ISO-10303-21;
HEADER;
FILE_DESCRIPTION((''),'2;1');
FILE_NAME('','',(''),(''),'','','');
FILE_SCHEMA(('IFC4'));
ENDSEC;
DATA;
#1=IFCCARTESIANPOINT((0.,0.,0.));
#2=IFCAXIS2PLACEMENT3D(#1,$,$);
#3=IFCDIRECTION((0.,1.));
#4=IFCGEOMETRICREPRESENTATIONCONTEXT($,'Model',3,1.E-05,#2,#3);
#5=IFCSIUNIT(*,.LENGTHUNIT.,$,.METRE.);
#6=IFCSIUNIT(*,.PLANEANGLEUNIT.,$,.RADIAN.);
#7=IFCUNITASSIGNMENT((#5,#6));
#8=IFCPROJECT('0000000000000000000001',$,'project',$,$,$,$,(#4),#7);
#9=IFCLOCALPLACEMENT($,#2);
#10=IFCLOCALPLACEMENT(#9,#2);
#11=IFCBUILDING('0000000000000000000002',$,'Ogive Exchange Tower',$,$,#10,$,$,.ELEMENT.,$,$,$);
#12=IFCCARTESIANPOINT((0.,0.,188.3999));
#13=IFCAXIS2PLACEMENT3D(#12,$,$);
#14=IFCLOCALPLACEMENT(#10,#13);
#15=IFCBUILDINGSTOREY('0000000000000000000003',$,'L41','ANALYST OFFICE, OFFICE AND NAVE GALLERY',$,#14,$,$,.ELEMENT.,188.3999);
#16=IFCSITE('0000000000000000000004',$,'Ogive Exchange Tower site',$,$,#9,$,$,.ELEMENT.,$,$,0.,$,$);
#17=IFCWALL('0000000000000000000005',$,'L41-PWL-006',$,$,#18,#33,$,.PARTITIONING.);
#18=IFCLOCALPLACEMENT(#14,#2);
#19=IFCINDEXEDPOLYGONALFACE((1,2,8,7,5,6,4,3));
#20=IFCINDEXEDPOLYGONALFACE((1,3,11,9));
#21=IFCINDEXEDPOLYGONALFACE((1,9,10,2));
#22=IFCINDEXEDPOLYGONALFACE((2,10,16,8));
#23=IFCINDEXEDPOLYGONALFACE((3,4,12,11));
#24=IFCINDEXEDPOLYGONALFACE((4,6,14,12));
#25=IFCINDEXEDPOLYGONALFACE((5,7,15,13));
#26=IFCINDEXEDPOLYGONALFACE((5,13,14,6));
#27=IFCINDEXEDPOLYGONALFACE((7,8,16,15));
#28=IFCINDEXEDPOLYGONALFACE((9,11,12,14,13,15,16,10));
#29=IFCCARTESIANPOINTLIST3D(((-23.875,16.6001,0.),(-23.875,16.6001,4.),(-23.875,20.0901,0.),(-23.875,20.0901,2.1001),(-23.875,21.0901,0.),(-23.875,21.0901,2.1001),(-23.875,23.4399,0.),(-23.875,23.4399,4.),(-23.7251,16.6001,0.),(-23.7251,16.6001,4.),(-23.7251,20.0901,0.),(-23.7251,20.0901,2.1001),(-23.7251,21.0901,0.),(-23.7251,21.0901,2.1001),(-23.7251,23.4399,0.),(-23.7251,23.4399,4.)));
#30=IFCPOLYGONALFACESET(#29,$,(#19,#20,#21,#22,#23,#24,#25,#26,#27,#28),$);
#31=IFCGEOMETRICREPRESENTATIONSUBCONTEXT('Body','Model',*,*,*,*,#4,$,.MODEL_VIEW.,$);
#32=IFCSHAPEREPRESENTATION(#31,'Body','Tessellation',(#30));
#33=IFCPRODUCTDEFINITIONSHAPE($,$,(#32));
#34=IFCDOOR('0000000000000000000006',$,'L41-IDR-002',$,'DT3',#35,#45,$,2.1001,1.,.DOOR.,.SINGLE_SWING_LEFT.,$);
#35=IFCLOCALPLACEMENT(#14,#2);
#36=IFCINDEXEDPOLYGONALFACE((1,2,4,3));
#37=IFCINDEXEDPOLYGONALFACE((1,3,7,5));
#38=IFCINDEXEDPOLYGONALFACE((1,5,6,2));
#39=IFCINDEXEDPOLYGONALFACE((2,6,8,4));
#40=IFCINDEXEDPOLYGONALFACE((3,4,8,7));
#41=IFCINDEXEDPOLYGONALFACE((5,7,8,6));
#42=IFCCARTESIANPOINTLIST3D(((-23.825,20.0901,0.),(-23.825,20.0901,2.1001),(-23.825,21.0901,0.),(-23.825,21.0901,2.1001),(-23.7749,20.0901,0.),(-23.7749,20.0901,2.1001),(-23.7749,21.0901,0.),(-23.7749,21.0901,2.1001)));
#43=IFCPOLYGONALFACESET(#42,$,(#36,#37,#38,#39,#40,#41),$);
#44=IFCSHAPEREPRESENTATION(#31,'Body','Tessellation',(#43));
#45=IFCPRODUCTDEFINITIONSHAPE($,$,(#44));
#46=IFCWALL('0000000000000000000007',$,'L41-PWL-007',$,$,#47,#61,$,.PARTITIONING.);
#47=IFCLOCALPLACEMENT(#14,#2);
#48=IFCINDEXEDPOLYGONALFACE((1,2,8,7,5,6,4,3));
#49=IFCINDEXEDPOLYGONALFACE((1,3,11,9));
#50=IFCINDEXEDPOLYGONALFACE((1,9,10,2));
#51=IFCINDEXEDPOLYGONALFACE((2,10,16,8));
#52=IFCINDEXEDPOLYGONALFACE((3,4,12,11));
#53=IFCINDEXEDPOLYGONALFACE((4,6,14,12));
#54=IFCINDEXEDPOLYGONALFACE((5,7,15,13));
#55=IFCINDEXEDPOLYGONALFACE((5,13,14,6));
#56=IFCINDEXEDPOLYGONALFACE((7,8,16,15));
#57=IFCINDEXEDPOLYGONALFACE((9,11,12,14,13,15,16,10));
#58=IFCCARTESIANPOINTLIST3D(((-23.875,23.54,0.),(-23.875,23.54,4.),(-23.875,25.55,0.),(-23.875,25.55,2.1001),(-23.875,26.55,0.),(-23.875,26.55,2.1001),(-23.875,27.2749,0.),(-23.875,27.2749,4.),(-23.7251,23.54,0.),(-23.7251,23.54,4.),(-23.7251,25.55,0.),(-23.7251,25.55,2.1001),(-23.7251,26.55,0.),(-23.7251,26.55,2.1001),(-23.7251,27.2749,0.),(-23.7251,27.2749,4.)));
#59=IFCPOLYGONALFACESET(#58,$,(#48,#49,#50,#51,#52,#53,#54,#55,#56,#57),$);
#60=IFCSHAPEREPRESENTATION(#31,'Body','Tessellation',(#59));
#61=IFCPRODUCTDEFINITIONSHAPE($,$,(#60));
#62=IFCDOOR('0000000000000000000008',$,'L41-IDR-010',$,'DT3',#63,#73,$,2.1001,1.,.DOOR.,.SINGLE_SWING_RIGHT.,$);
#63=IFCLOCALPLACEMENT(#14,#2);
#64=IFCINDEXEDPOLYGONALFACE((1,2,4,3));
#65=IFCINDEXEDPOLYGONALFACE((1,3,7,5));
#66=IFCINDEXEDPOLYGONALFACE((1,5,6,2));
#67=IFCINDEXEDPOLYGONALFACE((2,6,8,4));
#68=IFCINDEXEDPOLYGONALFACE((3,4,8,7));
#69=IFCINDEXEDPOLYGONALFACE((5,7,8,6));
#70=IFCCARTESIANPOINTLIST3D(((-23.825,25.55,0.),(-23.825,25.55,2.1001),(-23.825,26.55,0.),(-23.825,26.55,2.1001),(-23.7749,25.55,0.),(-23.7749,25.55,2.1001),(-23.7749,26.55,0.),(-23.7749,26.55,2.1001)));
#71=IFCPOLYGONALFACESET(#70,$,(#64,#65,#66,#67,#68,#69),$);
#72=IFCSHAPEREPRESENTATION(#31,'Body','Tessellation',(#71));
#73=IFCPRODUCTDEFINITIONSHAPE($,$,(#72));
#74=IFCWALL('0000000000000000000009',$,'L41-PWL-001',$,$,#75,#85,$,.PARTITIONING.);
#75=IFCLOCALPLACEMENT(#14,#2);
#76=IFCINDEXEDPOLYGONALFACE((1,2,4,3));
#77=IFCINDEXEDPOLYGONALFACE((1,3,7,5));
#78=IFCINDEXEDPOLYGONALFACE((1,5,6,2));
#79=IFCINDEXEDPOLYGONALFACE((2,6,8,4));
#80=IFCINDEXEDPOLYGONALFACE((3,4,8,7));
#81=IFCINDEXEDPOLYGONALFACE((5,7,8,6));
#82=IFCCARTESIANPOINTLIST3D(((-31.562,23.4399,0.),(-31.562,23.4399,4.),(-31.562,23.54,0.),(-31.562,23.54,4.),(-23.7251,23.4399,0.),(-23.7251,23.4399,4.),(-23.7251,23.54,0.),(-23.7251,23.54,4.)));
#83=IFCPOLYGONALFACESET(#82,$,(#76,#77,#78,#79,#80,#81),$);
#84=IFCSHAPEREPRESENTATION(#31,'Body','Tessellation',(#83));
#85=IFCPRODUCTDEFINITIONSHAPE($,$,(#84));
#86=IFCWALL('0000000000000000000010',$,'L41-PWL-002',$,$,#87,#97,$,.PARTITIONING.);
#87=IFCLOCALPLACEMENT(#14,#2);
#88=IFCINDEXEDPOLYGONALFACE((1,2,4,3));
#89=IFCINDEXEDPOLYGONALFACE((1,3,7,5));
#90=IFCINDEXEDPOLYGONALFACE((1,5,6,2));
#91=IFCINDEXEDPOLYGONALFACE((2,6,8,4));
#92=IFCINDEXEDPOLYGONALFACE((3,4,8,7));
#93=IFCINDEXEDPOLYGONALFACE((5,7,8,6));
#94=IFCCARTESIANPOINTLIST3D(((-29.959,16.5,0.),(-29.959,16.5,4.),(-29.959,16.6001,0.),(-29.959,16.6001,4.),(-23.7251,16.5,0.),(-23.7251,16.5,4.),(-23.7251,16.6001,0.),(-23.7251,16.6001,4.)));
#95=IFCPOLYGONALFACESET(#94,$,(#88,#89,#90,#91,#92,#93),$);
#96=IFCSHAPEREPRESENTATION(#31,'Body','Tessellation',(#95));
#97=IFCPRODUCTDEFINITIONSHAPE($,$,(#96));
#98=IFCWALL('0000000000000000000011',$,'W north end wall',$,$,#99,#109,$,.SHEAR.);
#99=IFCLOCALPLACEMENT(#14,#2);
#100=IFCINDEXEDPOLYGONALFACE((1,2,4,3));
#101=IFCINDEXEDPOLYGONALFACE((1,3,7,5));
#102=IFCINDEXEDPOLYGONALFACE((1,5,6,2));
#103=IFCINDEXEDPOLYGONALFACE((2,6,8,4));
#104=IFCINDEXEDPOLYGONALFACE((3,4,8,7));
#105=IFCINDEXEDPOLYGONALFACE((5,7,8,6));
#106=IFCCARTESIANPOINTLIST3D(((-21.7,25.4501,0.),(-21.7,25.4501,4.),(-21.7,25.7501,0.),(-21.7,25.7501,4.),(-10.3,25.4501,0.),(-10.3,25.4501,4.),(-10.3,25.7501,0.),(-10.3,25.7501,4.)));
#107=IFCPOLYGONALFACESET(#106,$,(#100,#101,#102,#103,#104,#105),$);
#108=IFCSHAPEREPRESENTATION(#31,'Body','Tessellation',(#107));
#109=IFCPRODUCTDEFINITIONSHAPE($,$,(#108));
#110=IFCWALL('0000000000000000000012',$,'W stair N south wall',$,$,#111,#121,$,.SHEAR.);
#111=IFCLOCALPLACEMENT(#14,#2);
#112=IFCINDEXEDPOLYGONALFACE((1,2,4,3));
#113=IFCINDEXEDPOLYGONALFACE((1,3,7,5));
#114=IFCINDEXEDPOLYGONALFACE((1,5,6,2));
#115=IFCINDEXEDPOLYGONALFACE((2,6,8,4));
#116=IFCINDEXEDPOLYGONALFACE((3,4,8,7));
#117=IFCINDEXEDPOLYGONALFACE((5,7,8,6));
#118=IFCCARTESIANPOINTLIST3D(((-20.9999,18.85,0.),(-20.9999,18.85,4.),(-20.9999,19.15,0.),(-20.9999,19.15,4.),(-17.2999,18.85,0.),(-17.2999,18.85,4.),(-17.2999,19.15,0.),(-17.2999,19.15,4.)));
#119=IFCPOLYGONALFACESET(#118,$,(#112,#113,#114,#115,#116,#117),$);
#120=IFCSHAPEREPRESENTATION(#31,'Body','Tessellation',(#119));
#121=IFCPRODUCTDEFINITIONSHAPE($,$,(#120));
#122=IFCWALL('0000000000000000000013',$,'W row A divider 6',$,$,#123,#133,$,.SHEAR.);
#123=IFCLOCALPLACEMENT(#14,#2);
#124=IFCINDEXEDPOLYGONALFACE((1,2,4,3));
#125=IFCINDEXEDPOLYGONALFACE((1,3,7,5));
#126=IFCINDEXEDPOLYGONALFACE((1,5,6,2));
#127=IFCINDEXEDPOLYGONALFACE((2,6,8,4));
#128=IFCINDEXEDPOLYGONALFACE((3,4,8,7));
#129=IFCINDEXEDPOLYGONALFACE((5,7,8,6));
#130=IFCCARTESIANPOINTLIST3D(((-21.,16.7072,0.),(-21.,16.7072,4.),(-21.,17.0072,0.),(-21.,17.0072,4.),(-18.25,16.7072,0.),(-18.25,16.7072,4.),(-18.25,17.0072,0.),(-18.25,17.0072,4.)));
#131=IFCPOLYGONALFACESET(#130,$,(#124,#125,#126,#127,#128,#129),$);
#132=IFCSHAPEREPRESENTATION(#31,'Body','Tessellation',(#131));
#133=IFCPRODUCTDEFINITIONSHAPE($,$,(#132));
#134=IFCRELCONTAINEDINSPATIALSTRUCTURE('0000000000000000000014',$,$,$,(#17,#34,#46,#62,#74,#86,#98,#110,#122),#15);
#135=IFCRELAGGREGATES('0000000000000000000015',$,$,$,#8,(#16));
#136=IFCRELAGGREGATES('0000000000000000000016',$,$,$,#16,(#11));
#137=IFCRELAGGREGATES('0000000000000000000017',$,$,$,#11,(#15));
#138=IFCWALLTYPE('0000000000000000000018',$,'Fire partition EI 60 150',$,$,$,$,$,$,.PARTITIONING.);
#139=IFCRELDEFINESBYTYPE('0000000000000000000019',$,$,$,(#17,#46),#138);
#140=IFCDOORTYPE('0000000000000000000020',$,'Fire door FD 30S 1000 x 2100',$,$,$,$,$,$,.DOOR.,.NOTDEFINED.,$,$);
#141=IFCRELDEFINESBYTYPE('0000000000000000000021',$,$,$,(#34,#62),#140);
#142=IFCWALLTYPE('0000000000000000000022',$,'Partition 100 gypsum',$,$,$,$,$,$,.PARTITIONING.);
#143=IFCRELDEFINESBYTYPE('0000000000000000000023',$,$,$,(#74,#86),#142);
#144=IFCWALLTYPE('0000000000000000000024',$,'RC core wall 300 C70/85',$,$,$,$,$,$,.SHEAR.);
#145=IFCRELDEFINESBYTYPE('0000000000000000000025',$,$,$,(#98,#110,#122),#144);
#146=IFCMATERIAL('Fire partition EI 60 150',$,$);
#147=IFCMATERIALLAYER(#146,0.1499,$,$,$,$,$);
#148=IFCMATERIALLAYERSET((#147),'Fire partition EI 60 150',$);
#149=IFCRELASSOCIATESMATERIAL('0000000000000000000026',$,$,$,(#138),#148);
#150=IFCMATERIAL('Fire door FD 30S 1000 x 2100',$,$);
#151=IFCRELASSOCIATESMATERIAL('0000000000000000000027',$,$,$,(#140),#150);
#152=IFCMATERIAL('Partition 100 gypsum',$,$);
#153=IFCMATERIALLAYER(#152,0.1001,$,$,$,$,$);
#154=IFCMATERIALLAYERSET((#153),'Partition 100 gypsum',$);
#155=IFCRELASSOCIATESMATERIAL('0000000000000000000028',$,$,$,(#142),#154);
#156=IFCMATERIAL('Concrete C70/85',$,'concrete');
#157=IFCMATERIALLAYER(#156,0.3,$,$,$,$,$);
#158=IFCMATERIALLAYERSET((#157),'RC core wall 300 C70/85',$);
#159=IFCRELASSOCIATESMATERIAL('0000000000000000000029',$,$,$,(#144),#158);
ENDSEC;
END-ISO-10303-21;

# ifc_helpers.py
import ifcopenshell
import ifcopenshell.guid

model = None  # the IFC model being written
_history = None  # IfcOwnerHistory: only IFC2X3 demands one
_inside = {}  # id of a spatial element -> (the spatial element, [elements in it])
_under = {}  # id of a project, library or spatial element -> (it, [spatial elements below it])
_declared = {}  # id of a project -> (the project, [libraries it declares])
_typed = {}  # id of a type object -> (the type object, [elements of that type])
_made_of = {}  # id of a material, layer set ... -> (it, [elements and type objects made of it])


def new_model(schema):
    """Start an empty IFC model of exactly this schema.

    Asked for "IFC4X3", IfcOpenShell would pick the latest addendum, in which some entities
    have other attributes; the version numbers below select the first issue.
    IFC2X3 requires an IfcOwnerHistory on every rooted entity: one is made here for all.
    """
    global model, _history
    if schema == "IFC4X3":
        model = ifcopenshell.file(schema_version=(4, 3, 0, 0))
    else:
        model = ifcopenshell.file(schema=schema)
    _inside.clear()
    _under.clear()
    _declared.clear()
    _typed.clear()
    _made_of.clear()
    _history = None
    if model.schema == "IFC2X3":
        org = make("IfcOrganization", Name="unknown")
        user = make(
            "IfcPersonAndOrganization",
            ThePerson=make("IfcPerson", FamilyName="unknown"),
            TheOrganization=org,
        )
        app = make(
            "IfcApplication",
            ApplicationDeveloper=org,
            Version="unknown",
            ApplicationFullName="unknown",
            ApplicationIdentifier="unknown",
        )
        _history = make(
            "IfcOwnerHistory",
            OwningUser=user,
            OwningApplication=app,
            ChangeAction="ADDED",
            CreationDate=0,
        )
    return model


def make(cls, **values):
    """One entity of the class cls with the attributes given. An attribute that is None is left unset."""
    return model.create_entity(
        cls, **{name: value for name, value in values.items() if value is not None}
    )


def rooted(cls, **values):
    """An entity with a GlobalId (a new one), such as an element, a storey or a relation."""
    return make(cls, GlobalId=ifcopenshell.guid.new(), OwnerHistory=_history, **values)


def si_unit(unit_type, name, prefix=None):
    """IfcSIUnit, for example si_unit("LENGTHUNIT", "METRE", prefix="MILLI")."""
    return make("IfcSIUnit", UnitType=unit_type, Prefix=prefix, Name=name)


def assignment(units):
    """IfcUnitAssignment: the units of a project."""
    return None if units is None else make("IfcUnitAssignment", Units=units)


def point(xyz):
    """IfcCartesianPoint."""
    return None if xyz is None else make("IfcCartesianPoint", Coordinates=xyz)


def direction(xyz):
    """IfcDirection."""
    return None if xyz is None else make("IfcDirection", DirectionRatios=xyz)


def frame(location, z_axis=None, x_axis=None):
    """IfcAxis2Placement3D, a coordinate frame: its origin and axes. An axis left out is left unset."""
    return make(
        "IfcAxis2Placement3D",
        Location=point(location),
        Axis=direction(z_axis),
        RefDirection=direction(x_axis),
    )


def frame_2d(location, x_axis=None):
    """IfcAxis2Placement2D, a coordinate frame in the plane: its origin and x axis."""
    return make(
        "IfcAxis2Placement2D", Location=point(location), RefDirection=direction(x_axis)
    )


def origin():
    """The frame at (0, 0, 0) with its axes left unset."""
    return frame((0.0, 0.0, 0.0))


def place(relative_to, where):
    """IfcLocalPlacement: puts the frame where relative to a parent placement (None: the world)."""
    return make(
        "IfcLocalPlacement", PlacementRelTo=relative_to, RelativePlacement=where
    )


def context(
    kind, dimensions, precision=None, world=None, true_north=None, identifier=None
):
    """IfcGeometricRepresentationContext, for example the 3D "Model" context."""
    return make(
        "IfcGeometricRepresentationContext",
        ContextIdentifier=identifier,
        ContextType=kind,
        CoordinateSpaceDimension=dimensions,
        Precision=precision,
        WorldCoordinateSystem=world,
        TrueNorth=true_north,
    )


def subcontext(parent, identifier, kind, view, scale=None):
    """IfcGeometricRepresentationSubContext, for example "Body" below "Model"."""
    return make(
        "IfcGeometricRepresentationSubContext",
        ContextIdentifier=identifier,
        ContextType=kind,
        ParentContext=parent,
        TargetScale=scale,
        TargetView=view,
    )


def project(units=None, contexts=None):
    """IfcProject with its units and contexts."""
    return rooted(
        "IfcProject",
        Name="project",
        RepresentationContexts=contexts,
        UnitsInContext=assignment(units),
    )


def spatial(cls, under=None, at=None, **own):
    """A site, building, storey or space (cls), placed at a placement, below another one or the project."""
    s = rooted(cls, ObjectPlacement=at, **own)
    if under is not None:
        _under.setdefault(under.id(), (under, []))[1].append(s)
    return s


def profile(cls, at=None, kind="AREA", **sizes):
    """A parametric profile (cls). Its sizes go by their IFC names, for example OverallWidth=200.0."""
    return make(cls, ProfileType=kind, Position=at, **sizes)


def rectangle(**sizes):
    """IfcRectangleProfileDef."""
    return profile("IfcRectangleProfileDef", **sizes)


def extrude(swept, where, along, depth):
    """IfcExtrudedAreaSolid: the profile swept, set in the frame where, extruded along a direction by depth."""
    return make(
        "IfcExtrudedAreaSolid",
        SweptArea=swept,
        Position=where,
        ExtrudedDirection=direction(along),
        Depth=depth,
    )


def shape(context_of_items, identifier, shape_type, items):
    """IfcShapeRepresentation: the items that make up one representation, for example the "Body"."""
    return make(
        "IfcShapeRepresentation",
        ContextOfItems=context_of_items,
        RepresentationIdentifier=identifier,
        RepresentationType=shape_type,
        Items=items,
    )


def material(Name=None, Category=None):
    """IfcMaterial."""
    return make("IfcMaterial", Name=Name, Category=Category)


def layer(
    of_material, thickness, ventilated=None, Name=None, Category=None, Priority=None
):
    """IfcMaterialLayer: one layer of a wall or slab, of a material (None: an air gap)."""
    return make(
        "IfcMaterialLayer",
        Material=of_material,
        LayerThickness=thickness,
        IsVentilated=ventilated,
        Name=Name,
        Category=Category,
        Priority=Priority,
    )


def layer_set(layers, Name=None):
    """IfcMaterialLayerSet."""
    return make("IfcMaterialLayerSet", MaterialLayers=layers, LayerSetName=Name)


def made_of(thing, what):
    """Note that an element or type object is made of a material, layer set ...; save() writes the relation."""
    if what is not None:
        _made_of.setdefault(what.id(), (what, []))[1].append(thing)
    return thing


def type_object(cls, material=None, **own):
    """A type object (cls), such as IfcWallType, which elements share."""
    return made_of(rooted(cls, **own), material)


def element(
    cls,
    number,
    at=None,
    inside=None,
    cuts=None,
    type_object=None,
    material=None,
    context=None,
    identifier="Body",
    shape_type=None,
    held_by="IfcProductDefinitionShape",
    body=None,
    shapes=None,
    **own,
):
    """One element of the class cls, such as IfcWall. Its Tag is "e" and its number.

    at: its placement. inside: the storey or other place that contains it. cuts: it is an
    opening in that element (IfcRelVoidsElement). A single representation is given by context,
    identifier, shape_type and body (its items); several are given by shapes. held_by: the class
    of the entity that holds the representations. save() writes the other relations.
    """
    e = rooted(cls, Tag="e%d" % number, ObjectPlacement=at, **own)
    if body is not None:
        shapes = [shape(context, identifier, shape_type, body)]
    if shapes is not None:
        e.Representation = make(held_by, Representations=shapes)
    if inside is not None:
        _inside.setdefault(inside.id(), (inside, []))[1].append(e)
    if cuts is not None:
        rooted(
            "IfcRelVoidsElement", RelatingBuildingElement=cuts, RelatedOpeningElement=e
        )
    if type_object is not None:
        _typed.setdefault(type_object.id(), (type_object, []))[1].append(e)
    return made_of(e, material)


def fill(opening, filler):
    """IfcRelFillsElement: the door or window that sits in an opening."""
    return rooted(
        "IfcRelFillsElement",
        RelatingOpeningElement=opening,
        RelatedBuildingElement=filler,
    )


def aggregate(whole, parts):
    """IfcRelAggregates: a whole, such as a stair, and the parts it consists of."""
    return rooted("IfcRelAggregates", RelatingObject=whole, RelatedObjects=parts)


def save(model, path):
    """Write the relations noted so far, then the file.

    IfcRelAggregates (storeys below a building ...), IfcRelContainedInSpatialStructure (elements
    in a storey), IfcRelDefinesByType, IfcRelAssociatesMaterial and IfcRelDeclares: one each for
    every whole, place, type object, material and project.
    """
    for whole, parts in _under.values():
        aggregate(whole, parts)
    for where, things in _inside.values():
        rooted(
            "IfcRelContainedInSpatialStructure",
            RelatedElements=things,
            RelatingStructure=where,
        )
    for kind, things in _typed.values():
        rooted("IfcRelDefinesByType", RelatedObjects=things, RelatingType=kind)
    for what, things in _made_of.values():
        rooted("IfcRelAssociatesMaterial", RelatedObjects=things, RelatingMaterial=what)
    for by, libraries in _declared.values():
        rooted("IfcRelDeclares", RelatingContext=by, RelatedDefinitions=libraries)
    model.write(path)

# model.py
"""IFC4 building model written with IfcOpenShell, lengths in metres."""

from ifc_helpers import new_model, si_unit, direction, frame, frame_2d, origin, place, context, subcontext, project, spatial, rectangle, extrude, material, layer, layer_set, type_object, element, fill, save


model = new_model("IFC4")

# Units and contexts
model_context = context("Model", 3, precision=1e-05, world=origin(), true_north=direction((0.0, 1.0)))
body_context = subcontext(model_context, "Body", "Model", "MODEL_VIEW")
ifc_project = project(units=[si_unit("LENGTHUNIT", "METRE"), si_unit("PLANEANGLEUNIT", "RADIAN")], contexts=[model_context])

# Site, building, storey
site_placement = place(None, origin())
site = spatial("IfcSite", under=ifc_project, at=site_placement, Name="Ogive Exchange Tower site", CompositionType="ELEMENT", RefElevation=0.0)
building_placement = place(site_placement, origin())
building = spatial("IfcBuilding", under=site, at=building_placement, Name="Ogive Exchange Tower", CompositionType="ELEMENT")
storey_placement = place(building_placement, frame((0.0, 0.0, 188.3999)))
storey = spatial("IfcBuildingStorey", under=building, at=storey_placement, Name="L41", Description="ANALYST OFFICE, OFFICE AND NAVE GALLERY", CompositionType="ELEMENT", Elevation=188.3999)

# Walls, openings, doors
ifc_material_1 = material(Name="Fire partition EI 60 150")
ifc_layer_1 = layer(ifc_material_1, 0.1499)
ifc_layer_set_1 = layer_set([ifc_layer_1], Name="Fire partition EI 60 150")
wall_type_1 = type_object("IfcWallType", Name="Fire partition EI 60 150", PredefinedType="PARTITIONING", material=ifc_layer_set_1)
wall_1_placement = place(storey_placement, frame((-23.8, 16.6001, 0.0), z_axis=(0.0, 0.0, 1.0), x_axis=(0.0, 1.0, 0.0)))
wall_1 = element("IfcWall", 1, at=wall_1_placement, inside=storey, type_object=wall_type_1, Name="L41-PWL-006", PredefinedType="PARTITIONING", context=body_context, shape_type="SweptSolid", body=[
    extrude(rectangle(XDim=6.8398, YDim=0.1499, at=frame_2d((3.4199, 0.0))), origin(), (0.0, 0.0, 1.0), 4.0),
])
opening_1_placement = place(wall_1_placement, frame((3.49, 0.0, 0.0)))
opening_1 = element("IfcOpeningElement", 2, at=opening_1_placement, cuts=wall_1, PredefinedType="OPENING", context=body_context, shape_type="SweptSolid", body=[
    extrude(rectangle(XDim=1.0, YDim=2.1001, at=frame_2d((0.5, 1.05))), frame((0.0, 0.085, 0.0), z_axis=(0.0, -1.0, 0.0), x_axis=(1.0, 0.0, 0.0)), (0.0, 0.0, 1.0), 0.1699),
])
ifc_material_2 = material(Name="Fire door FD 30S 1000 x 2100")
door_type = type_object("IfcDoorType", Name="Fire door FD 30S 1000 x 2100", OperationType="NOTDEFINED", PredefinedType="DOOR", material=ifc_material_2)
door_1_placement = place(opening_1_placement, origin())
door_1 = element("IfcDoor", 3, at=door_1_placement, inside=storey, type_object=door_type, Name="L41-IDR-002", ObjectType="DT3", OperationType="SINGLE_SWING_LEFT", OverallHeight=2.1001, OverallWidth=1.0, PredefinedType="DOOR", context=body_context, shape_type="SweptSolid", body=[
    extrude(rectangle(XDim=1.0, YDim=2.1001, at=frame_2d((0.5, 1.05))), frame((0.0, 0.0249, 0.0), z_axis=(0.0, -1.0, 0.0), x_axis=(1.0, 0.0, 0.0)), (0.0, 0.0, 1.0), 0.05),
])
fill(opening_1, door_1)
wall_2_placement = place(storey_placement, frame((-23.8, 23.54, 0.0), z_axis=(0.0, 0.0, 1.0), x_axis=(0.0, 1.0, 0.0)))
wall_2 = element("IfcWall", 4, at=wall_2_placement, inside=storey, type_object=wall_type_1, Name="L41-PWL-007", PredefinedType="PARTITIONING", context=body_context, shape_type="SweptSolid", body=[
    extrude(rectangle(XDim=3.7349, YDim=0.1499, at=frame_2d((1.8674, 0.0))), origin(), (0.0, 0.0, 1.0), 4.0),
])
opening_2_placement = place(wall_2_placement, frame((2.01, 0.0, 0.0)))
opening_2 = element("IfcOpeningElement", 5, at=opening_2_placement, cuts=wall_2, PredefinedType="OPENING", context=body_context, shape_type="SweptSolid", body=[
    extrude(rectangle(XDim=1.0, YDim=2.1001, at=frame_2d((0.5, 1.05))), frame((0.0, 0.085, 0.0), z_axis=(0.0, -1.0, 0.0), x_axis=(1.0, 0.0, 0.0)), (0.0, 0.0, 1.0), 0.1699),
])
door_2_placement = place(opening_2_placement, origin())
door_2 = element("IfcDoor", 6, at=door_2_placement, inside=storey, type_object=door_type, Name="L41-IDR-010", ObjectType="DT3", OperationType="SINGLE_SWING_RIGHT", OverallHeight=2.1001, OverallWidth=1.0, PredefinedType="DOOR", context=body_context, shape_type="SweptSolid", body=[
    extrude(rectangle(XDim=1.0, YDim=2.1001, at=frame_2d((0.5, 1.05))), frame((0.0, 0.0249, 0.0), z_axis=(0.0, -1.0, 0.0), x_axis=(1.0, 0.0, 0.0)), (0.0, 0.0, 1.0), 0.05),
])
fill(opening_2, door_2)

# Walls
ifc_material_3 = material(Name="Partition 100 gypsum")
ifc_layer_2 = layer(ifc_material_3, 0.1001)
ifc_layer_set_2 = layer_set([ifc_layer_2], Name="Partition 100 gypsum")
wall_type_2 = type_object("IfcWallType", Name="Partition 100 gypsum", PredefinedType="PARTITIONING", material=ifc_layer_set_2)
wall_3_placement = place(storey_placement, frame((-31.562, 23.49, 0.0), z_axis=(0.0, 0.0, 1.0), x_axis=(1.0, 0.0, 0.0)))
element("IfcWall", 7, at=wall_3_placement, inside=storey, type_object=wall_type_2, Name="L41-PWL-001", PredefinedType="PARTITIONING", context=body_context, shape_type="SweptSolid", body=[
    extrude(rectangle(XDim=7.8369, YDim=0.1001, at=frame_2d((3.9185, 0.0))), origin(), (0.0, 0.0, 1.0), 4.0),
])
wall_4_placement = place(storey_placement, frame((-29.959, 16.55, 0.0), z_axis=(0.0, 0.0, 1.0), x_axis=(1.0, 0.0, 0.0)))
element("IfcWall", 8, at=wall_4_placement, inside=storey, type_object=wall_type_2, Name="L41-PWL-002", PredefinedType="PARTITIONING", context=body_context, shape_type="SweptSolid", body=[
    extrude(rectangle(XDim=6.2339, YDim=0.1001, at=frame_2d((3.1169, 0.0))), origin(), (0.0, 0.0, 1.0), 4.0),
])
ifc_material_4 = material(Name="Concrete C70/85", Category="concrete")
ifc_layer_3 = layer(ifc_material_4, 0.3)
ifc_layer_set_3 = layer_set([ifc_layer_3], Name="RC core wall 300 C70/85")
wall_type_3 = type_object("IfcWallType", Name="RC core wall 300 C70/85", PredefinedType="SHEAR", material=ifc_layer_set_3)
wall_5_placement = place(storey_placement, frame((-21.7, 25.6001, 0.0), z_axis=(0.0, 0.0, 1.0), x_axis=(1.0, 0.0, 0.0)))
element("IfcWall", 9, at=wall_5_placement, inside=storey, type_object=wall_type_3, Name="W north end wall", PredefinedType="SHEAR", context=body_context, shape_type="SweptSolid", body=[
    extrude(rectangle(XDim=11.3999, YDim=0.3, at=frame_2d((5.7, 0.0))), origin(), (0.0, 0.0, 1.0), 4.0),
])
wall_6_placement = place(storey_placement, frame((-21.0, 19.0, 0.0), z_axis=(0.0, 0.0, 1.0), x_axis=(1.0, 0.0, 0.0)))
element("IfcWall", 10, at=wall_6_placement, inside=storey, type_object=wall_type_3, Name="W stair N south wall", PredefinedType="SHEAR", context=body_context, shape_type="SweptSolid", body=[
    extrude(rectangle(XDim=3.7, YDim=0.3, at=frame_2d((1.8501, 0.0))), origin(), (0.0, 0.0, 1.0), 4.0),
])
wall_7_placement = place(storey_placement, frame((-21.0, 16.8572, 0.0), z_axis=(0.0, 0.0, 1.0), x_axis=(1.0, 0.0, 0.0)))
element("IfcWall", 11, at=wall_7_placement, inside=storey, type_object=wall_type_3, Name="W row A divider 6", PredefinedType="SHEAR", context=body_context, shape_type="SweptSolid", body=[
    extrude(rectangle(XDim=2.75, YDim=0.3, at=frame_2d((1.375, 0.0))), origin(), (0.0, 0.0, 1.0), 4.0),
])

save(model, "model.ifc")
